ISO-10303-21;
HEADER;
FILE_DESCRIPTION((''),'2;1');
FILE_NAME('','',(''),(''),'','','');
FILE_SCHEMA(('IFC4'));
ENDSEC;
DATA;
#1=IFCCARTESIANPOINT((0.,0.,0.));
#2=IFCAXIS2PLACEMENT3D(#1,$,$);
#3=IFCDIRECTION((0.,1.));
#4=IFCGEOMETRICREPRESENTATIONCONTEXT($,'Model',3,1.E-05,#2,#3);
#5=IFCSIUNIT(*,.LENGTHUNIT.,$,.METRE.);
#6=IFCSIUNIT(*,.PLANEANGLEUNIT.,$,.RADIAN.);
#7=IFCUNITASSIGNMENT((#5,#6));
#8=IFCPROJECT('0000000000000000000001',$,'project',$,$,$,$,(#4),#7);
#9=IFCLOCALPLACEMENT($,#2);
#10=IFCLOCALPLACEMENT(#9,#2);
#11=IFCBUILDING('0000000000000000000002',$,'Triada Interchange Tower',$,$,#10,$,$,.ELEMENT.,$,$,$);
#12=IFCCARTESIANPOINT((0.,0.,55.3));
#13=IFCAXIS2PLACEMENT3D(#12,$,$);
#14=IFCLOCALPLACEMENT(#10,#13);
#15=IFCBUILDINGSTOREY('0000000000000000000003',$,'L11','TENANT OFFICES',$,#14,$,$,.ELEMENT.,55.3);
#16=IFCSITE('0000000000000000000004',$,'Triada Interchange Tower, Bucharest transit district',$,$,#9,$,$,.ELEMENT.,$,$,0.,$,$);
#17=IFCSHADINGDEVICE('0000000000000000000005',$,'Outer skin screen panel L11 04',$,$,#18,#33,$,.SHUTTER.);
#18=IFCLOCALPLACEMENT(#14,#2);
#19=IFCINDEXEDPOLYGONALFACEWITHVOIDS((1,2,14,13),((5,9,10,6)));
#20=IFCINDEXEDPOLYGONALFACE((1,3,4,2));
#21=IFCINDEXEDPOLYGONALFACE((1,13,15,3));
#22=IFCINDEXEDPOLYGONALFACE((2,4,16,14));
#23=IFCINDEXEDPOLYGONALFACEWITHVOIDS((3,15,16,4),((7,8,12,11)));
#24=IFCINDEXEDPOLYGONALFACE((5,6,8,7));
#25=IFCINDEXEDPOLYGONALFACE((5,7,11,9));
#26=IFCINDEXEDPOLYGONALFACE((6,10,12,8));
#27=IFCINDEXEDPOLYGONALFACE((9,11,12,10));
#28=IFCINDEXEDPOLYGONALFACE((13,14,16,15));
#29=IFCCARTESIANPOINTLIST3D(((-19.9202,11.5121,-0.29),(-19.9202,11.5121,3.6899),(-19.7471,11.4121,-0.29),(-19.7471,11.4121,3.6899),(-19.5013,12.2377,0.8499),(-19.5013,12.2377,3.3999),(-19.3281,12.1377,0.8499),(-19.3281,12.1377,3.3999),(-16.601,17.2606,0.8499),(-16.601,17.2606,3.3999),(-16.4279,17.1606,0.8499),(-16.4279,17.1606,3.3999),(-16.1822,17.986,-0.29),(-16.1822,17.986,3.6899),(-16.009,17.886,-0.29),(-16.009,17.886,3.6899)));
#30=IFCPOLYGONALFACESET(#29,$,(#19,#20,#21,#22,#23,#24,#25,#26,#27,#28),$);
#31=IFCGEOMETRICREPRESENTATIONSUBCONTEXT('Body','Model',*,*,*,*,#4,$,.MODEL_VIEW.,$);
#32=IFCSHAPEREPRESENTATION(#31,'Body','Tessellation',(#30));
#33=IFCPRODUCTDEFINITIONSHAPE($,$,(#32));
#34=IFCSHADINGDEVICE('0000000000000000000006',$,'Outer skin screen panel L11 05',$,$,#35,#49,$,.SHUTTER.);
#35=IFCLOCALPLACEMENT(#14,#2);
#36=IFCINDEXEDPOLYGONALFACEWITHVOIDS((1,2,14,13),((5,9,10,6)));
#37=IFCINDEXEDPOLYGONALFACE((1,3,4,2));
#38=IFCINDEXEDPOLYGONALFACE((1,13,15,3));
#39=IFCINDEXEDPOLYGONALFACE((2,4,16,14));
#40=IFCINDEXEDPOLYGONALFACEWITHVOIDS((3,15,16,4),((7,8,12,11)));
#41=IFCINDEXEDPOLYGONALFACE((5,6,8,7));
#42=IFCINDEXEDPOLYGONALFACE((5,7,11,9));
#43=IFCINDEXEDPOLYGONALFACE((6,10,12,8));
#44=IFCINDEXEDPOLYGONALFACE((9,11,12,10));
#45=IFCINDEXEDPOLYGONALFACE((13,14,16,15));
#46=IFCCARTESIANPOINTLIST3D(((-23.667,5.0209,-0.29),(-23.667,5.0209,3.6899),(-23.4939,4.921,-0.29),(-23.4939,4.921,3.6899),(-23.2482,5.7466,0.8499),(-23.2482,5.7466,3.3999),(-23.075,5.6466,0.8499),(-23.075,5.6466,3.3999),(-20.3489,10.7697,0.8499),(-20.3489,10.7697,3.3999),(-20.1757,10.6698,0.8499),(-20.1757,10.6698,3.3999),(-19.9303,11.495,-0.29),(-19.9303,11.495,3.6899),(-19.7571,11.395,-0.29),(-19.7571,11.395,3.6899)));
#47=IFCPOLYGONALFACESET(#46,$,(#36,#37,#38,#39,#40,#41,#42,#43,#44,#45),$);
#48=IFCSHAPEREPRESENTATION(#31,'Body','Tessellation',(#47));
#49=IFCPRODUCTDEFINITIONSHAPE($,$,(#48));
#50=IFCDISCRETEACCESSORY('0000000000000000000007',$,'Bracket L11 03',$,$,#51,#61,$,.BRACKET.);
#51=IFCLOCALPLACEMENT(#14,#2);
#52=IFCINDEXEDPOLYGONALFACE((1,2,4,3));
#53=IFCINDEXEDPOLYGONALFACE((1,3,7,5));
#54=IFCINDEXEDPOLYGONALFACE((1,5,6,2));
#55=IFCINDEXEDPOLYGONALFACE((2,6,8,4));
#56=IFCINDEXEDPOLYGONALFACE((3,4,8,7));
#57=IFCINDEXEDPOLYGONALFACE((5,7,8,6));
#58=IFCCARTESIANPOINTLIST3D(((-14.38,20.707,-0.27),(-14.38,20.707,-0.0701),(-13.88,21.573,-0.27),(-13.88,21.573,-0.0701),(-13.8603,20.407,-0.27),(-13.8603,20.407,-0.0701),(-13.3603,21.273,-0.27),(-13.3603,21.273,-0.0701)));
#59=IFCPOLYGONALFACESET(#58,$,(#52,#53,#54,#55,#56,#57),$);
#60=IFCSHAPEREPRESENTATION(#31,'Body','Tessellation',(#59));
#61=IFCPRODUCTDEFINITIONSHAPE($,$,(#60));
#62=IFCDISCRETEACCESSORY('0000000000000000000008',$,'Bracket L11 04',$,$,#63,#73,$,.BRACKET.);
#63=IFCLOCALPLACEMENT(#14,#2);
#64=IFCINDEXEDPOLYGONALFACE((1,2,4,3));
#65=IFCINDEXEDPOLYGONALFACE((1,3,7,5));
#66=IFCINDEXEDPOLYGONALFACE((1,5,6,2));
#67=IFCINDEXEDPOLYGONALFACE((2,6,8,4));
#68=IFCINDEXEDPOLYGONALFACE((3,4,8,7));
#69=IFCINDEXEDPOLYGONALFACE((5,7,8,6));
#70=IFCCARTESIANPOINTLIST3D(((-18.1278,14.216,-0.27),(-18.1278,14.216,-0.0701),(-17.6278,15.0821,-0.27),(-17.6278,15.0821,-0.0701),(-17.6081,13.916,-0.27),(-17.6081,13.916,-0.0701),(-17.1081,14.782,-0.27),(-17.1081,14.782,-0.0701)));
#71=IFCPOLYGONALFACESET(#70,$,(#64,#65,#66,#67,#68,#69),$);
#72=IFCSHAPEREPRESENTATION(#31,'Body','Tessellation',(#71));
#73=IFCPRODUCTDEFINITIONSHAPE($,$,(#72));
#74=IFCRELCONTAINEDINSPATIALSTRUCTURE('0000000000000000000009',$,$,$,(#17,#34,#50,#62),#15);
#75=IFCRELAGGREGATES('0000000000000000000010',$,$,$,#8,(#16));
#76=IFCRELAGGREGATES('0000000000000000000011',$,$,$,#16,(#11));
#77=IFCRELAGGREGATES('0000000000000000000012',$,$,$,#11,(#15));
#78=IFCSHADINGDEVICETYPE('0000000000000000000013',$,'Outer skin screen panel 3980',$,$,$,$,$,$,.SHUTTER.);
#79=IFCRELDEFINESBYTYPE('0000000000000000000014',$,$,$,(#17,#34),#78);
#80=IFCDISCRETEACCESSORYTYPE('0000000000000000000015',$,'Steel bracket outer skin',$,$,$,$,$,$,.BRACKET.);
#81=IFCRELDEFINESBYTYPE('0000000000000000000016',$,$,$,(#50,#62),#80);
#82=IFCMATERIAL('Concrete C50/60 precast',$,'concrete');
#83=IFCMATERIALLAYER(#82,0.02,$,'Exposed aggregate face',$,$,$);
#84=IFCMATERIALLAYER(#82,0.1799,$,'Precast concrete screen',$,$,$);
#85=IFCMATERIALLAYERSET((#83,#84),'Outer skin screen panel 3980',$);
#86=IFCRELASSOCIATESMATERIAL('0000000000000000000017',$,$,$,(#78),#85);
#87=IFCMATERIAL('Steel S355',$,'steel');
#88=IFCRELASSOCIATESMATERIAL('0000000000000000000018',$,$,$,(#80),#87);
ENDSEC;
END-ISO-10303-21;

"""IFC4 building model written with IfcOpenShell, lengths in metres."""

from ifc_helpers import new_model, si_unit, direction, frame, origin, origin_2d, place, context, subcontext, project, spatial, polyline, rectangle, outline, extrude, material, layer, layer_set, type_object, element, save


model = new_model("IFC4")

# Units and contexts
model_context = context("Model", 3, precision=1e-05, world=origin(), true_north=direction((0.0, 1.0)))
body_context = subcontext(model_context, "Body", "Model", "MODEL_VIEW")
ifc_project = project(units=[si_unit("LENGTHUNIT", "METRE"), si_unit("PLANEANGLEUNIT", "RADIAN")], contexts=[model_context])

# Site, building, storey
site_placement = place(None, origin())
site = spatial("IfcSite", under=ifc_project, at=site_placement, Name="Triada Interchange Tower, Bucharest transit district", CompositionType="ELEMENT", RefElevation=0.0)
building_placement = place(site_placement, origin())
building = spatial("IfcBuilding", under=site, at=building_placement, Name="Triada Interchange Tower", CompositionType="ELEMENT")
storey_placement = place(building_placement, frame((0.0, 0.0, 55.3)))
storey = spatial("IfcBuildingStorey", under=building, at=storey_placement, Name="L11", Description="TENANT OFFICES", CompositionType="ELEMENT", Elevation=55.3)

# Shading devices
ifc_material_1 = material(Name="Concrete C50/60 precast", Category="concrete")
ifc_layer_1 = layer(ifc_material_1, 0.02, Name="Exposed aggregate face")
ifc_layer_2 = layer(ifc_material_1, 0.1799, Name="Precast concrete screen")
ifc_layer_set_1 = layer_set([ifc_layer_1, ifc_layer_2], Name="Outer skin screen panel 3980")
shading_device_type = type_object("IfcShadingDeviceType", Name="Outer skin screen panel 3980", PredefinedType="SHUTTER", material=ifc_layer_set_1)
shading_device_1_placement = place(storey_placement, frame((-16.009, 17.886, -0.29), z_axis=(0.0, 0.0, 1.0), x_axis=(-0.500034, -0.866006, 0.0)))
element("IfcShadingDevice", 1, at=shading_device_1_placement, inside=storey, type_object=shading_device_type, Name="Outer skin screen panel L11 04", PredefinedType="SHUTTER", context=body_context, shape_type="SweptSolid", body=[
    extrude(outline(polyline([(0.0, 0.0), (7.4756, 0.0), (7.4756, 3.98), (0.0, 3.98), (0.0, 0.0)]), holes=[polyline([(0.8376, 1.1399), (0.8376, 3.6899), (6.6377, 3.6899), (6.6377, 1.1399), (0.8376, 1.1399)])]), frame((0.0, 0.0, 0.0), z_axis=(0.0, -1.0, 0.0), x_axis=(1.0, 0.0, 0.0)), (0.0, 0.0, 1.0), 0.2),
])
shading_device_2_placement = place(storey_placement, frame((-19.7571, 11.395, -0.29), z_axis=(0.0, 0.0, 1.0), x_axis=(-0.499898, -0.866084, 0.0)))
element("IfcShadingDevice", 2, at=shading_device_2_placement, inside=storey, type_object=shading_device_type, Name="Outer skin screen panel L11 05", PredefinedType="SHUTTER", context=body_context, shape_type="SweptSolid", body=[
    extrude(outline(polyline([(0.0, 0.0), (7.4751, 0.0), (7.4751, 3.98), (0.0, 3.98), (0.0, 0.0)]), holes=[polyline([(0.8374, 1.1399), (0.8374, 3.6899), (6.6372, 3.6899), (6.6372, 1.1399), (0.8374, 1.1399)])]), frame((0.0, 0.0, 0.0), z_axis=(0.0, -1.0, 0.0), x_axis=(1.0, 0.0, 0.0)), (0.0, 0.0, 1.0), 0.2),
])

# Discrete accessories
ifc_material_2 = material(Name="Steel S355", Category="steel")
discrete_accessory_type = type_object("IfcDiscreteAccessoryType", Name="Steel bracket outer skin", PredefinedType="BRACKET", material=ifc_material_2)
for number, where, z_axis, x_axis, name in (
    (3, (-13.8701, 20.99, -0.27), (0.0, 0.0, 1.0), (-0.866026, 0.499999, 0.0), "Bracket L11 03"),
    (4, (-17.6179, 14.499, -0.27), (0.0, 0.0, 1.0), (-0.866026, 0.499999, 0.0), "Bracket L11 04"),
):
    element("IfcDiscreteAccessory", number, at=place(storey_placement, frame(where, z_axis=z_axis, x_axis=x_axis)), inside=storey, type_object=discrete_accessory_type, Name=name, PredefinedType="BRACKET", context=body_context, shape_type="SweptSolid", body=[
        extrude(rectangle(XDim=0.6001, YDim=1.0, at=origin_2d()), origin(), (0.0, 0.0, 1.0), 0.2),
    ])

save(model, "model.ifc")
